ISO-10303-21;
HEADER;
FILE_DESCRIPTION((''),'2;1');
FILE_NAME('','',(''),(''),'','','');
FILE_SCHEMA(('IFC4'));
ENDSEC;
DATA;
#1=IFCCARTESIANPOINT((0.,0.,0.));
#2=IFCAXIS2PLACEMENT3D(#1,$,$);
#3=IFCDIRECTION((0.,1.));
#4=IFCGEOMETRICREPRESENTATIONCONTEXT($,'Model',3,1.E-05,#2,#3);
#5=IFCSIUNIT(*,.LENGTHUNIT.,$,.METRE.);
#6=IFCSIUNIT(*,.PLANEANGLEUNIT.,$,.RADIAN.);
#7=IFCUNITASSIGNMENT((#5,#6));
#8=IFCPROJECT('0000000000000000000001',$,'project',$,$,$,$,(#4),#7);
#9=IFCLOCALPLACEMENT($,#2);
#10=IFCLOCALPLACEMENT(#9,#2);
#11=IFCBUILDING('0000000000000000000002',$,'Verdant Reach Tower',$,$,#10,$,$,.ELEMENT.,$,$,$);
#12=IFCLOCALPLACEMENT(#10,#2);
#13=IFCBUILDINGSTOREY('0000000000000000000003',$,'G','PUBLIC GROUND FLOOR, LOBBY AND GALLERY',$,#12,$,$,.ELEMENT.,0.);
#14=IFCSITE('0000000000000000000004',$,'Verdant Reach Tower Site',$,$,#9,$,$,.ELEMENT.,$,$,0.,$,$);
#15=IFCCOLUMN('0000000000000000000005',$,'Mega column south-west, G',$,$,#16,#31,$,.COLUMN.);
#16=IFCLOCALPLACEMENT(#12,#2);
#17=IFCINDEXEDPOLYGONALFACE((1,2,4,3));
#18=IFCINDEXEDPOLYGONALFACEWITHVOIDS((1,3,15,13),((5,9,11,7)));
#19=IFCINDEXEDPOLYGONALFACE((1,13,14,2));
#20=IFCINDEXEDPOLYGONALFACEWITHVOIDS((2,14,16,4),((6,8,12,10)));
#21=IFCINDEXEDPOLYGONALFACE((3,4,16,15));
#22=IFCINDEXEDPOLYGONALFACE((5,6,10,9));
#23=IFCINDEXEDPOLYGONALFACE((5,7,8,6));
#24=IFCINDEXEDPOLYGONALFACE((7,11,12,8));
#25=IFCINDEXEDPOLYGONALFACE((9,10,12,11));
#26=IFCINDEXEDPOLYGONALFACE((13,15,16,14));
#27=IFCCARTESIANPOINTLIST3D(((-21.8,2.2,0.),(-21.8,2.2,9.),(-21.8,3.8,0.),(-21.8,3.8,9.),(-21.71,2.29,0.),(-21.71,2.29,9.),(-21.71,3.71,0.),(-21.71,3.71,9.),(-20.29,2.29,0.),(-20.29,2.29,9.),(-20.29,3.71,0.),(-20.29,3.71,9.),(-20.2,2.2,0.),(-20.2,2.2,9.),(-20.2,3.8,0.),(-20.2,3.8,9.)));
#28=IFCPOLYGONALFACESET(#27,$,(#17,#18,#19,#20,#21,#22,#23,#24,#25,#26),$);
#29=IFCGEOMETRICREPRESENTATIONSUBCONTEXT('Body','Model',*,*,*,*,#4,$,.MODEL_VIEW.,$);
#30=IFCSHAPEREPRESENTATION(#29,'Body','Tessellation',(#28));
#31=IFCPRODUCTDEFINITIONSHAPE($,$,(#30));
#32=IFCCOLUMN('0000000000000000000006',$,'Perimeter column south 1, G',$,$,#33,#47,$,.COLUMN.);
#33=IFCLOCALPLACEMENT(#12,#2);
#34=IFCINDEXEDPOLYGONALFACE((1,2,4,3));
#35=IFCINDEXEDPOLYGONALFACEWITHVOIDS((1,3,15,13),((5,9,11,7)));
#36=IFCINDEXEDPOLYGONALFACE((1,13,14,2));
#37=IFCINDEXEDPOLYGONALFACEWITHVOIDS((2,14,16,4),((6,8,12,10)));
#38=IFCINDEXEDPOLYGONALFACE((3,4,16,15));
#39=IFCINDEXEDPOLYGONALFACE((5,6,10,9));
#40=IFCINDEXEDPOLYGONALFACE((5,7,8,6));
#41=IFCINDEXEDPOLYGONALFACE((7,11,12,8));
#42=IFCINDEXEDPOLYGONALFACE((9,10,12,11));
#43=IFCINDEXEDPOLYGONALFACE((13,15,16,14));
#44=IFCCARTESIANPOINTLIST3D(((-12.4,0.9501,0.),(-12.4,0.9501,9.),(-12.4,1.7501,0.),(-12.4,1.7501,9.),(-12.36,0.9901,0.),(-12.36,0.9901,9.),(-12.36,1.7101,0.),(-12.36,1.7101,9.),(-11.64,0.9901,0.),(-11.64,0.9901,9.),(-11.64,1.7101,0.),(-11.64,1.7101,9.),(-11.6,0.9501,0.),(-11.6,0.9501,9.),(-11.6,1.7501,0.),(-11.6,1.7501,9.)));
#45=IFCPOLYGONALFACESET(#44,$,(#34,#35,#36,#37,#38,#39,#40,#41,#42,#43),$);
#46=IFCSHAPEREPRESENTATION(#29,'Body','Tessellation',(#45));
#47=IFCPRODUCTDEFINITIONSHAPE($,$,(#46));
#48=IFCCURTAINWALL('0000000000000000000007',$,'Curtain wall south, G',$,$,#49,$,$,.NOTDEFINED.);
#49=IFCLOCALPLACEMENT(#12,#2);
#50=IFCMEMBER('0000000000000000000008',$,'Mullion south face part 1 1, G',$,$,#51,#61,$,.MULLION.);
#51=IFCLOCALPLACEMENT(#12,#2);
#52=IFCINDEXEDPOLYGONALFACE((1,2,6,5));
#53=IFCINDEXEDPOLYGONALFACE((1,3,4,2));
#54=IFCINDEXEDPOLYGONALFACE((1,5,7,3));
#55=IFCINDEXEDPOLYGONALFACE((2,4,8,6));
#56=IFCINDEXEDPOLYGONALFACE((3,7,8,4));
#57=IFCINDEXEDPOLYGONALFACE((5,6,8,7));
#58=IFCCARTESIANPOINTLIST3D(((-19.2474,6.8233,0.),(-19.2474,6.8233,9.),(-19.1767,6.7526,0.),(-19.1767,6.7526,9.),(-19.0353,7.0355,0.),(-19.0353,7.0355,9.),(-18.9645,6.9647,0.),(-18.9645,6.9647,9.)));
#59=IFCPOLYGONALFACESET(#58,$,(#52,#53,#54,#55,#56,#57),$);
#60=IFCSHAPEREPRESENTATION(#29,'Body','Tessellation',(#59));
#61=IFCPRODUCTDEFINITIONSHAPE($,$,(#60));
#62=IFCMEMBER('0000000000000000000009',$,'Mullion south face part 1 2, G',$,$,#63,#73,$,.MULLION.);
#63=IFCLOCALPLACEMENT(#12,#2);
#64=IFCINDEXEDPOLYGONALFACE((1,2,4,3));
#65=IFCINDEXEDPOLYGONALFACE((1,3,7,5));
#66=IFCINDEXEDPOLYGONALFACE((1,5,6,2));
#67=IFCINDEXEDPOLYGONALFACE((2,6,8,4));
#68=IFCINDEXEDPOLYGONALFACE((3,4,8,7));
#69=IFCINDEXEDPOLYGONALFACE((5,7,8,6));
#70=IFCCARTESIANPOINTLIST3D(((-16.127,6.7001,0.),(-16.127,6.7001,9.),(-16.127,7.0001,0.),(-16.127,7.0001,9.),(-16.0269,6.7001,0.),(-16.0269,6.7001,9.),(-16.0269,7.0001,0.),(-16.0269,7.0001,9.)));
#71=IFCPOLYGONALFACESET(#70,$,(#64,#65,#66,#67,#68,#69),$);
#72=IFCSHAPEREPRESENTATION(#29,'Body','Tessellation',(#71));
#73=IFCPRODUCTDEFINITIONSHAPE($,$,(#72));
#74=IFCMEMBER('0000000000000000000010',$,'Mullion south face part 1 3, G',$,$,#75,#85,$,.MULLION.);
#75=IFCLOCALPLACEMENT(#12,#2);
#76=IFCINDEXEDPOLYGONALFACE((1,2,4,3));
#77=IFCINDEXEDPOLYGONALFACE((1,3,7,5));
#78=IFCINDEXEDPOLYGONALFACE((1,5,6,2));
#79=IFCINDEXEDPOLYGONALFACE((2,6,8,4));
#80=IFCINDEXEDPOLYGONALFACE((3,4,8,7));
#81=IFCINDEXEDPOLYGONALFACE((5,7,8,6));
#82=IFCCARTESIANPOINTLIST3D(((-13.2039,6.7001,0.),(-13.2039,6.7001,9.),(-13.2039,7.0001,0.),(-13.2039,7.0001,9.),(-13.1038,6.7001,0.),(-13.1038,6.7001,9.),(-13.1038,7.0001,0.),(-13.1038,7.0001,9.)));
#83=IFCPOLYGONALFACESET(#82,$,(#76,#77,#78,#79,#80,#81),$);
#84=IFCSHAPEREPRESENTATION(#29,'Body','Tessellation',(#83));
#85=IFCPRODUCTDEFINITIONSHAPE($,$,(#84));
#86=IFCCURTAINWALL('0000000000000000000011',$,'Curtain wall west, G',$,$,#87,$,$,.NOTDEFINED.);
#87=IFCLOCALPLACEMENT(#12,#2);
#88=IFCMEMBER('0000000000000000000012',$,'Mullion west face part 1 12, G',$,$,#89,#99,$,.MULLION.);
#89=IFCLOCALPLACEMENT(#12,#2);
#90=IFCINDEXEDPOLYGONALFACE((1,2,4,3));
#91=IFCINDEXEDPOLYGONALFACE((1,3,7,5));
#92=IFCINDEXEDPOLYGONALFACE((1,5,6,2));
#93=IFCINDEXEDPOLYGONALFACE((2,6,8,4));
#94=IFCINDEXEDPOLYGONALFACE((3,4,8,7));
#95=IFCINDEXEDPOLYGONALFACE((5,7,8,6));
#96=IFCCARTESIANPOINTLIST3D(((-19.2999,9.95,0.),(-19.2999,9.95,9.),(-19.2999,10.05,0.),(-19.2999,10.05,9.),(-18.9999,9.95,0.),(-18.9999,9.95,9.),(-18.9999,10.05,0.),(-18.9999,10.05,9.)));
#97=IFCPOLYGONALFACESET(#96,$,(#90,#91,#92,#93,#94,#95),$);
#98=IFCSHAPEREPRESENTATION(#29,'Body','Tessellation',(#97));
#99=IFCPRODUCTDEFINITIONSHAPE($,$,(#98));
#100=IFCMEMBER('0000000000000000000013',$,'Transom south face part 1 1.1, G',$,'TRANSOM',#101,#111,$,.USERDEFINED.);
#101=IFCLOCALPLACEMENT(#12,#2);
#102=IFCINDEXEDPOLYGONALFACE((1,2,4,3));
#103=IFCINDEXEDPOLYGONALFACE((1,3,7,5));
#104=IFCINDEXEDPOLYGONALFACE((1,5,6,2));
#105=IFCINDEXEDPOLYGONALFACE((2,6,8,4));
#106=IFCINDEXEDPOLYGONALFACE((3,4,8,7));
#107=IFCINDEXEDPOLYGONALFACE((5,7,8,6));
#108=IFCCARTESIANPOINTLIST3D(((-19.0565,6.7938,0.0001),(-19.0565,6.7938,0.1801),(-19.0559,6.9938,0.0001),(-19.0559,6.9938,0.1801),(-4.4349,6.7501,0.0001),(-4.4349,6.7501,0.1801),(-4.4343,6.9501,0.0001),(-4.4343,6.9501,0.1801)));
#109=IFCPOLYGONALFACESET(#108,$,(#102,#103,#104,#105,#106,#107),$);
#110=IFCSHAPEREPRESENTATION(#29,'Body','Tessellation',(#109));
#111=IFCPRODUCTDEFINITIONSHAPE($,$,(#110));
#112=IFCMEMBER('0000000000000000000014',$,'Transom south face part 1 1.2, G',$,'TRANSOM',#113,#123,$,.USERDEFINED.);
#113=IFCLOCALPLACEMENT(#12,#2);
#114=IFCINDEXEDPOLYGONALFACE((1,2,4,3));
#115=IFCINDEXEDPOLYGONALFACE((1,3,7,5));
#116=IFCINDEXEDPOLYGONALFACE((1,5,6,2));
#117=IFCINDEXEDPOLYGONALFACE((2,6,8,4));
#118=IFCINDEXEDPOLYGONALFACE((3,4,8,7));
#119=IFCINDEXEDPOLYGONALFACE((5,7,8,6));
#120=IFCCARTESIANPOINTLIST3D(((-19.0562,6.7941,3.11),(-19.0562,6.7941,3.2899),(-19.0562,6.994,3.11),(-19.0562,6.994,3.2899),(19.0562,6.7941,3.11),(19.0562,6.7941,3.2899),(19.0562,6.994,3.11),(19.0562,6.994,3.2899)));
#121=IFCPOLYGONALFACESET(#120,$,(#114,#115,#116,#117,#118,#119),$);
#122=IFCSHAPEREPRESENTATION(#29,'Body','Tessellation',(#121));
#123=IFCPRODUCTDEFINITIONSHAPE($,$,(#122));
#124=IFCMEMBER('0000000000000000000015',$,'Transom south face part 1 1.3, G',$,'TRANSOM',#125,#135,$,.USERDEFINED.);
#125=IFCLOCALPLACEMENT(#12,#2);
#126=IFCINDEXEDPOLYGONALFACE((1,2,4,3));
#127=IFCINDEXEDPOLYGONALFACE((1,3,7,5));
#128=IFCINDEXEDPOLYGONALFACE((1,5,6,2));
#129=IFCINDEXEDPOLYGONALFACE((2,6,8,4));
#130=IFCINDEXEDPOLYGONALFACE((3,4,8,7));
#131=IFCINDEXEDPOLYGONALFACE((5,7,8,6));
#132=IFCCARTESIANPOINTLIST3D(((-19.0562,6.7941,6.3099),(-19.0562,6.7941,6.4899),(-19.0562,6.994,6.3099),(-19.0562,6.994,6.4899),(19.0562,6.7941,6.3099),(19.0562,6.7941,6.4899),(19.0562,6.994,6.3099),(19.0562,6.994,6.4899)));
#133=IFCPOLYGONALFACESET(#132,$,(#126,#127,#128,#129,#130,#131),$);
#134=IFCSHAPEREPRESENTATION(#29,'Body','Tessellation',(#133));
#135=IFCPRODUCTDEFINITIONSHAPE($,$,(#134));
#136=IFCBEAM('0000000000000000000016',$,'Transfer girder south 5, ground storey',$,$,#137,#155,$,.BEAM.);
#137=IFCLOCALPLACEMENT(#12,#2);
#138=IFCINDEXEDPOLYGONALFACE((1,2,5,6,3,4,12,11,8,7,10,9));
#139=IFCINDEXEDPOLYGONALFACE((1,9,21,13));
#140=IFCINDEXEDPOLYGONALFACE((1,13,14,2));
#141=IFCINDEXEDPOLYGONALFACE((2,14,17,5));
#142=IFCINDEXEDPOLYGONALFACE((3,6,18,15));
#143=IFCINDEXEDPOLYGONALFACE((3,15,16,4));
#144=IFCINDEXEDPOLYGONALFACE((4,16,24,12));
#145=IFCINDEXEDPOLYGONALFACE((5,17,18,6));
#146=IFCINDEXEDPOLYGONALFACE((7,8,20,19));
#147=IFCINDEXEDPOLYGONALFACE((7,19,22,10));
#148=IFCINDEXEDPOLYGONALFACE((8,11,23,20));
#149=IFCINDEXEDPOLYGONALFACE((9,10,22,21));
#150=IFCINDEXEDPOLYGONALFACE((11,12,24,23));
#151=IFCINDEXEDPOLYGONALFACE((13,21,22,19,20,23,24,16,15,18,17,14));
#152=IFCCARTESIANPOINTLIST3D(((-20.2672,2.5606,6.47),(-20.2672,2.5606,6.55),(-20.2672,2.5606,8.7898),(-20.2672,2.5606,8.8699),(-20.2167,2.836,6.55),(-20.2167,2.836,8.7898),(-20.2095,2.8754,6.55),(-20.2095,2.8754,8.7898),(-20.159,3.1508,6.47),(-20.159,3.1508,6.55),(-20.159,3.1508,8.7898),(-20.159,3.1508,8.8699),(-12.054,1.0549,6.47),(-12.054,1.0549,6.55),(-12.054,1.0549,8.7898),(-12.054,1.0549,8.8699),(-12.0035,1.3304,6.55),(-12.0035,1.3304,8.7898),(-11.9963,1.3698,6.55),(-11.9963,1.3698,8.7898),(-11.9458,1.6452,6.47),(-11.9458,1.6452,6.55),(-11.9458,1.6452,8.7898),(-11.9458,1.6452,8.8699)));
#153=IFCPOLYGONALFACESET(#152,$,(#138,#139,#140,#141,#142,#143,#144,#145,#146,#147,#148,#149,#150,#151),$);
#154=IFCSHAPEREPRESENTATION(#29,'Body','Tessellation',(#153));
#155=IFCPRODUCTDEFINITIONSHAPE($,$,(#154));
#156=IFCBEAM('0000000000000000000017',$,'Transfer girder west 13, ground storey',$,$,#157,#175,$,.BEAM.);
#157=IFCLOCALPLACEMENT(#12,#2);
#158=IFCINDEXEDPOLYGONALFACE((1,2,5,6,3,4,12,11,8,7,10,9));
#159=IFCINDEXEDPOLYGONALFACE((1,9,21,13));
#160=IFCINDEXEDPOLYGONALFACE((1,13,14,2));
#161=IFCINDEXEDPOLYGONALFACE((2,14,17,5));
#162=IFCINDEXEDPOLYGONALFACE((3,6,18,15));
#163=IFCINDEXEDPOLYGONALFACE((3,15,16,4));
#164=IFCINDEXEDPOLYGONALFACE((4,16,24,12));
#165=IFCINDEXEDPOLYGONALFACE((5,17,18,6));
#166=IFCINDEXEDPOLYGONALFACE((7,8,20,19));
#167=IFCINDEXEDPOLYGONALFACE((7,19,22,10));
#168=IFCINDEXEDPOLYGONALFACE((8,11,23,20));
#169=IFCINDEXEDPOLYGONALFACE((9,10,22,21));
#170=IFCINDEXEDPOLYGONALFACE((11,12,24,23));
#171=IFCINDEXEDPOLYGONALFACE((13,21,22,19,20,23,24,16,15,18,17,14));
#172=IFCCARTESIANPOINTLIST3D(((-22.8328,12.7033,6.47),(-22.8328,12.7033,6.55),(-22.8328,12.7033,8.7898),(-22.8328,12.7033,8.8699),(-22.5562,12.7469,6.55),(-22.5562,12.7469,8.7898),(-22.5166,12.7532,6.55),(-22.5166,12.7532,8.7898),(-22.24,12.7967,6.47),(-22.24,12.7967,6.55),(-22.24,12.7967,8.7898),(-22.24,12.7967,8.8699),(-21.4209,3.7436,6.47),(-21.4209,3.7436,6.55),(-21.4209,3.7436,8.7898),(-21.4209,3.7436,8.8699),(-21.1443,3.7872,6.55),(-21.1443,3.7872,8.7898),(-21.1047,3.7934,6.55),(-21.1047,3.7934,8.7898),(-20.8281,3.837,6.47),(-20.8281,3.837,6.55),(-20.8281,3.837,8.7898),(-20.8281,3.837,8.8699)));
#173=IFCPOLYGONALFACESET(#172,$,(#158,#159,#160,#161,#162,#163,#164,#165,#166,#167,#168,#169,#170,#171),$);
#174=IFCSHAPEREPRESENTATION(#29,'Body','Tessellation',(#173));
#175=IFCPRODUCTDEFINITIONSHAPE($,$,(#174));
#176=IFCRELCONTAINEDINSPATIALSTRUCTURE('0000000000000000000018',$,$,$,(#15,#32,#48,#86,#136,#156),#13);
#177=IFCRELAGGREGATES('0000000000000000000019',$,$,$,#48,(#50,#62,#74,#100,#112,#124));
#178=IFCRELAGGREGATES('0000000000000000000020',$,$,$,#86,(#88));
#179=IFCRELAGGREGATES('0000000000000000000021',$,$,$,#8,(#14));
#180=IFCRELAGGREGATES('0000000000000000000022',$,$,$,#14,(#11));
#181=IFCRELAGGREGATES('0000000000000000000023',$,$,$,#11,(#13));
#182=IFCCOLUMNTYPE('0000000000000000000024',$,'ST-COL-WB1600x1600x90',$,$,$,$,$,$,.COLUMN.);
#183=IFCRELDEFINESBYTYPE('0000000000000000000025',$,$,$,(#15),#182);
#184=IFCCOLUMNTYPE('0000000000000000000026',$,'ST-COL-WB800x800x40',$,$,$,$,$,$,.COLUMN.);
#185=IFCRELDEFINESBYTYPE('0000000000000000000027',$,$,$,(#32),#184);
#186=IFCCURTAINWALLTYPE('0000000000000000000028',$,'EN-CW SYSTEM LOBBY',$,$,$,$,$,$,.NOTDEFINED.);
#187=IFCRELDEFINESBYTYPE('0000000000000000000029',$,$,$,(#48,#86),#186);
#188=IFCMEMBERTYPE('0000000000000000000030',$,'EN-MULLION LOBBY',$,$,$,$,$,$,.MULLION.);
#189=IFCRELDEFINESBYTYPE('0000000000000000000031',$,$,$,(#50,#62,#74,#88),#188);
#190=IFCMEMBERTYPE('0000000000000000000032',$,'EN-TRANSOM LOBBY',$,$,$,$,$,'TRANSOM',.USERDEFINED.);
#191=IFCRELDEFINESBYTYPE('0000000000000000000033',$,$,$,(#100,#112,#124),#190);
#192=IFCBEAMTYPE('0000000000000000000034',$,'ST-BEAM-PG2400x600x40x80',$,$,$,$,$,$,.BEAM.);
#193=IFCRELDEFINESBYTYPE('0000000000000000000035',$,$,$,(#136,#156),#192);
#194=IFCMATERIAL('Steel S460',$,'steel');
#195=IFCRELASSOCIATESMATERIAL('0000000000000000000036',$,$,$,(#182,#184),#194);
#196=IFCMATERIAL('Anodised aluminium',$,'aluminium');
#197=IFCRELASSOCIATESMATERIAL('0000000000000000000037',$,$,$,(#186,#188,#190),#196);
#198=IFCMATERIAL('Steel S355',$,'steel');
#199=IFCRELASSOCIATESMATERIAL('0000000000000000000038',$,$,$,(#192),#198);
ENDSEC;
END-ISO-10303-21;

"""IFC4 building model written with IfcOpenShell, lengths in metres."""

from ifc_helpers import new_model, si_unit, direction, frame, origin, origin_2d, place, context, subcontext, project, spatial, rectangle, hollow_rectangle, i_section, extrude, material, material_profile, profile_set, type_object, element, aggregate, save


model = new_model("IFC4")

# Units and contexts
model_context = context("Model", 3, precision=1e-05, world=origin(), true_north=direction((0.0, 1.0)))
body_context = subcontext(model_context, "Body", "Model", "MODEL_VIEW")
ifc_project = project(units=[si_unit("LENGTHUNIT", "METRE"), si_unit("PLANEANGLEUNIT", "RADIAN")], contexts=[model_context])

# Site, building, storey
site_placement = place(None, origin())
site = spatial("IfcSite", under=ifc_project, at=site_placement, Name="Verdant Reach Tower Site", CompositionType="ELEMENT", RefElevation=0.0)
building_placement = place(site_placement, origin())
building = spatial("IfcBuilding", under=site, at=building_placement, Name="Verdant Reach Tower", CompositionType="ELEMENT")
storey_placement = place(building_placement, origin())
storey = spatial("IfcBuildingStorey", under=building, at=storey_placement, Name="G", Description="PUBLIC GROUND FLOOR, LOBBY AND GALLERY", CompositionType="ELEMENT", Elevation=0.0)

# Columns
ifc_material_1 = material(Name="Steel S460", Category="steel")
ifc_material_profile_1 = material_profile(ifc_material_1, hollow_rectangle(XDim=1.6001, YDim=1.6001, WallThickness=0.0901, at=origin_2d()), Name="WB 1600x1600x90")
ifc_profile_set_1 = profile_set([ifc_material_profile_1], Name="Steel S460")
column_type_1 = type_object("IfcColumnType", Name="ST-COL-WB1600x1600x90", PredefinedType="COLUMN", material=ifc_profile_set_1)
column_1_placement = place(storey_placement, frame((-21.0, 3.0, 0.0), z_axis=(0.0, 0.0, 1.0), x_axis=(1.0, 0.0, 0.0)))
element("IfcColumn", 1, at=column_1_placement, inside=storey, type_object=column_type_1, Name="Mega column south-west, G", PredefinedType="COLUMN", context=body_context, shape_type="SweptSolid", body=[
    extrude(hollow_rectangle(XDim=1.6001, YDim=1.6001, WallThickness=0.0901, at=origin_2d()), origin(), (0.0, 0.0, 1.0), 9.0),
])
ifc_material_profile_2 = material_profile(ifc_material_1, hollow_rectangle(XDim=0.8, YDim=0.8, WallThickness=0.04, at=origin_2d()), Name="WB 800x800x40")
ifc_profile_set_2 = profile_set([ifc_material_profile_2], Name="Steel S460")
column_type_2 = type_object("IfcColumnType", Name="ST-COL-WB800x800x40", PredefinedType="COLUMN", material=ifc_profile_set_2)
column_2_placement = place(storey_placement, frame((-12.0, 1.3501, 0.0), z_axis=(0.0, 0.0, 1.0), x_axis=(1.0, 0.0, 0.0)))
element("IfcColumn", 2, at=column_2_placement, inside=storey, type_object=column_type_2, Name="Perimeter column south 1, G", PredefinedType="COLUMN", context=body_context, shape_type="SweptSolid", body=[
    extrude(hollow_rectangle(XDim=0.8, YDim=0.8, WallThickness=0.04, at=origin_2d()), origin(), (0.0, 0.0, 1.0), 9.0),
])

# Curtain wall, members
ifc_material_2 = material(Name="Anodised aluminium", Category="aluminium")
curtain_wall_type = type_object("IfcCurtainWallType", Name="EN-CW SYSTEM LOBBY", PredefinedType="NOTDEFINED", material=ifc_material_2)
curtain_wall_1_placement = place(storey_placement, origin())
curtain_wall_1 = element("IfcCurtainWall", 3, at=curtain_wall_1_placement, inside=storey, type_object=curtain_wall_type, Name="Curtain wall south, G", PredefinedType="NOTDEFINED")
ifc_material_profile_3 = material_profile(ifc_material_2, rectangle(XDim=0.3, YDim=0.1001, at=origin_2d()), Name="Mullion 100x300")
ifc_profile_set_3 = profile_set([ifc_material_profile_3], Name="Anodised aluminium")
member_type_1 = type_object("IfcMemberType", Name="EN-MULLION LOBBY", PredefinedType="MULLION", material=ifc_profile_set_3)
member_1_placement = place(storey_placement, frame((-19.106, 6.894, 0.0), z_axis=(0.0, 0.0, 1.0), x_axis=(-0.707107, -0.707107, 0.0)))
member_1 = element("IfcMember", 4, at=member_1_placement, type_object=member_type_1, Name="Mullion south face part 1 1, G", PredefinedType="MULLION", context=body_context, shape_type="SweptSolid", body=[
    extrude(rectangle(XDim=0.3, YDim=0.1001, at=origin_2d()), origin(), (0.0, 0.0, 1.0), 9.0),
])
member_2_placement = place(storey_placement, frame((-16.0769, 6.8501, 0.0), z_axis=(0.0, 0.0, 1.0), x_axis=(0.0, -1.0, 0.0)))
member_2 = element("IfcMember", 5, at=member_2_placement, type_object=member_type_1, Name="Mullion south face part 1 2, G", PredefinedType="MULLION", context=body_context, shape_type="SweptSolid", body=[
    extrude(rectangle(XDim=0.3, YDim=0.1001, at=origin_2d()), origin(), (0.0, 0.0, 1.0), 9.0),
])
member_3_placement = place(storey_placement, frame((-13.1538, 6.8501, 0.0), z_axis=(0.0, 0.0, 1.0), x_axis=(0.0, -1.0, 0.0)))
member_3 = element("IfcMember", 6, at=member_3_placement, type_object=member_type_1, Name="Mullion south face part 1 3, G", PredefinedType="MULLION", context=body_context, shape_type="SweptSolid", body=[
    extrude(rectangle(XDim=0.3, YDim=0.1001, at=origin_2d()), origin(), (0.0, 0.0, 1.0), 9.0),
])

# Curtain wall, member
curtain_wall_2_placement = place(storey_placement, origin())
curtain_wall_2 = element("IfcCurtainWall", 7, at=curtain_wall_2_placement, inside=storey, type_object=curtain_wall_type, Name="Curtain wall west, G", PredefinedType="NOTDEFINED")
member_4_placement = place(storey_placement, frame((-19.1499, 10.0, 0.0), z_axis=(0.0, 0.0, 1.0), x_axis=(-1.0, 0.0, 0.0)))
member_4 = element("IfcMember", 8, at=member_4_placement, type_object=member_type_1, Name="Mullion west face part 1 12, G", PredefinedType="MULLION", context=body_context, shape_type="SweptSolid", body=[
    extrude(rectangle(XDim=0.3, YDim=0.1001, at=origin_2d()), origin(), (0.0, 0.0, 1.0), 9.0),
])

# Members
ifc_material_profile_4 = material_profile(ifc_material_2, rectangle(XDim=0.2, YDim=0.1799, at=origin_2d()), Name="Transom 180x200")
ifc_profile_set_4 = profile_set([ifc_material_profile_4], Name="Anodised aluminium")
member_type_2 = type_object("IfcMemberType", Name="EN-TRANSOM LOBBY", ElementType="TRANSOM", PredefinedType="USERDEFINED", material=ifc_profile_set_4)
member_5_placement = place(storey_placement, frame((-19.0562, 6.8938, 0.0901), z_axis=(0.999996, -0.002989, 0.0), x_axis=(0.002989, 0.999996, 0.0)))
member_5 = element("IfcMember", 9, at=member_5_placement, type_object=member_type_2, Name="Transom south face part 1 1.1, G", ObjectType="TRANSOM", PredefinedType="USERDEFINED", context=body_context, shape_type="SweptSolid", body=[
    extrude(rectangle(XDim=0.2, YDim=0.1799, at=origin_2d()), origin(), (0.0, 0.0, 1.0), 14.6216),
])
member_6_placement = place(storey_placement, frame((-19.0562, 6.894, 3.2), z_axis=(1.0, 0.0, 0.0), x_axis=(0.0, 1.0, 0.0)))
member_6 = element("IfcMember", 10, at=member_6_placement, type_object=member_type_2, Name="Transom south face part 1 1.2, G", ObjectType="TRANSOM", PredefinedType="USERDEFINED", context=body_context, shape_type="SweptSolid", body=[
    extrude(rectangle(XDim=0.2, YDim=0.1799, at=origin_2d()), origin(), (0.0, 0.0, 1.0), 38.1123),
])
member_7_placement = place(storey_placement, frame((-19.0562, 6.894, 6.3999), z_axis=(1.0, 0.0, 0.0), x_axis=(0.0, 1.0, 0.0)))
member_7 = element("IfcMember", 11, at=member_7_placement, type_object=member_type_2, Name="Transom south face part 1 1.3, G", ObjectType="TRANSOM", PredefinedType="USERDEFINED", context=body_context, shape_type="SweptSolid", body=[
    extrude(rectangle(XDim=0.2, YDim=0.1799, at=origin_2d()), origin(), (0.0, 0.0, 1.0), 38.1123),
])

# Beams
ifc_material_3 = material(Name="Steel S355", Category="steel")
ifc_material_profile_5 = material_profile(ifc_material_3, i_section(OverallWidth=0.6001, OverallDepth=2.3999, WebThickness=0.04, FlangeThickness=0.0801, at=origin_2d()), Name="PG 2400x600x40x80")
ifc_profile_set_5 = profile_set([ifc_material_profile_5], Name="Steel S355")
beam_type_1 = type_object("IfcBeamType", Name="ST-BEAM-PG2400x600x40x80", PredefinedType="BEAM", material=ifc_profile_set_5)
beam_1_placement = place(storey_placement, frame((-20.2131, 2.8557, 7.6699), z_axis=(0.983609, -0.180313, 0.0), x_axis=(0.180313, 0.983609, 0.0)))
element("IfcBeam", 12, at=beam_1_placement, inside=storey, type_object=beam_type_1, Name="Transfer girder south 5, ground storey", PredefinedType="BEAM", context=body_context, shape_type="SweptSolid", body=[
    extrude(i_section(OverallWidth=0.6001, OverallDepth=2.3999, WebThickness=0.04, FlangeThickness=0.0801, at=origin_2d()), origin(), (0.0, 0.0, 1.0), 8.3501),
])
beam_2_placement = place(storey_placement, frame((-21.1245, 3.7903, 7.6699), z_axis=(-0.155658, 0.987811, 0.0), x_axis=(-0.987811, -0.155658, 0.0)))
element("IfcBeam", 13, at=beam_2_placement, inside=storey, type_object=beam_type_1, Name="Transfer girder west 13, ground storey", PredefinedType="BEAM", context=body_context, shape_type="SweptSolid", body=[
    extrude(i_section(OverallWidth=0.6001, OverallDepth=2.3999, WebThickness=0.04, FlangeThickness=0.0801, at=origin_2d()), origin(), (0.0, 0.0, 1.0), 9.0703),
])

aggregate(curtain_wall_1, [member_1, member_2, member_3, member_5, member_6, member_7])
aggregate(curtain_wall_2, [member_4])

save(model, "model.ifc")
